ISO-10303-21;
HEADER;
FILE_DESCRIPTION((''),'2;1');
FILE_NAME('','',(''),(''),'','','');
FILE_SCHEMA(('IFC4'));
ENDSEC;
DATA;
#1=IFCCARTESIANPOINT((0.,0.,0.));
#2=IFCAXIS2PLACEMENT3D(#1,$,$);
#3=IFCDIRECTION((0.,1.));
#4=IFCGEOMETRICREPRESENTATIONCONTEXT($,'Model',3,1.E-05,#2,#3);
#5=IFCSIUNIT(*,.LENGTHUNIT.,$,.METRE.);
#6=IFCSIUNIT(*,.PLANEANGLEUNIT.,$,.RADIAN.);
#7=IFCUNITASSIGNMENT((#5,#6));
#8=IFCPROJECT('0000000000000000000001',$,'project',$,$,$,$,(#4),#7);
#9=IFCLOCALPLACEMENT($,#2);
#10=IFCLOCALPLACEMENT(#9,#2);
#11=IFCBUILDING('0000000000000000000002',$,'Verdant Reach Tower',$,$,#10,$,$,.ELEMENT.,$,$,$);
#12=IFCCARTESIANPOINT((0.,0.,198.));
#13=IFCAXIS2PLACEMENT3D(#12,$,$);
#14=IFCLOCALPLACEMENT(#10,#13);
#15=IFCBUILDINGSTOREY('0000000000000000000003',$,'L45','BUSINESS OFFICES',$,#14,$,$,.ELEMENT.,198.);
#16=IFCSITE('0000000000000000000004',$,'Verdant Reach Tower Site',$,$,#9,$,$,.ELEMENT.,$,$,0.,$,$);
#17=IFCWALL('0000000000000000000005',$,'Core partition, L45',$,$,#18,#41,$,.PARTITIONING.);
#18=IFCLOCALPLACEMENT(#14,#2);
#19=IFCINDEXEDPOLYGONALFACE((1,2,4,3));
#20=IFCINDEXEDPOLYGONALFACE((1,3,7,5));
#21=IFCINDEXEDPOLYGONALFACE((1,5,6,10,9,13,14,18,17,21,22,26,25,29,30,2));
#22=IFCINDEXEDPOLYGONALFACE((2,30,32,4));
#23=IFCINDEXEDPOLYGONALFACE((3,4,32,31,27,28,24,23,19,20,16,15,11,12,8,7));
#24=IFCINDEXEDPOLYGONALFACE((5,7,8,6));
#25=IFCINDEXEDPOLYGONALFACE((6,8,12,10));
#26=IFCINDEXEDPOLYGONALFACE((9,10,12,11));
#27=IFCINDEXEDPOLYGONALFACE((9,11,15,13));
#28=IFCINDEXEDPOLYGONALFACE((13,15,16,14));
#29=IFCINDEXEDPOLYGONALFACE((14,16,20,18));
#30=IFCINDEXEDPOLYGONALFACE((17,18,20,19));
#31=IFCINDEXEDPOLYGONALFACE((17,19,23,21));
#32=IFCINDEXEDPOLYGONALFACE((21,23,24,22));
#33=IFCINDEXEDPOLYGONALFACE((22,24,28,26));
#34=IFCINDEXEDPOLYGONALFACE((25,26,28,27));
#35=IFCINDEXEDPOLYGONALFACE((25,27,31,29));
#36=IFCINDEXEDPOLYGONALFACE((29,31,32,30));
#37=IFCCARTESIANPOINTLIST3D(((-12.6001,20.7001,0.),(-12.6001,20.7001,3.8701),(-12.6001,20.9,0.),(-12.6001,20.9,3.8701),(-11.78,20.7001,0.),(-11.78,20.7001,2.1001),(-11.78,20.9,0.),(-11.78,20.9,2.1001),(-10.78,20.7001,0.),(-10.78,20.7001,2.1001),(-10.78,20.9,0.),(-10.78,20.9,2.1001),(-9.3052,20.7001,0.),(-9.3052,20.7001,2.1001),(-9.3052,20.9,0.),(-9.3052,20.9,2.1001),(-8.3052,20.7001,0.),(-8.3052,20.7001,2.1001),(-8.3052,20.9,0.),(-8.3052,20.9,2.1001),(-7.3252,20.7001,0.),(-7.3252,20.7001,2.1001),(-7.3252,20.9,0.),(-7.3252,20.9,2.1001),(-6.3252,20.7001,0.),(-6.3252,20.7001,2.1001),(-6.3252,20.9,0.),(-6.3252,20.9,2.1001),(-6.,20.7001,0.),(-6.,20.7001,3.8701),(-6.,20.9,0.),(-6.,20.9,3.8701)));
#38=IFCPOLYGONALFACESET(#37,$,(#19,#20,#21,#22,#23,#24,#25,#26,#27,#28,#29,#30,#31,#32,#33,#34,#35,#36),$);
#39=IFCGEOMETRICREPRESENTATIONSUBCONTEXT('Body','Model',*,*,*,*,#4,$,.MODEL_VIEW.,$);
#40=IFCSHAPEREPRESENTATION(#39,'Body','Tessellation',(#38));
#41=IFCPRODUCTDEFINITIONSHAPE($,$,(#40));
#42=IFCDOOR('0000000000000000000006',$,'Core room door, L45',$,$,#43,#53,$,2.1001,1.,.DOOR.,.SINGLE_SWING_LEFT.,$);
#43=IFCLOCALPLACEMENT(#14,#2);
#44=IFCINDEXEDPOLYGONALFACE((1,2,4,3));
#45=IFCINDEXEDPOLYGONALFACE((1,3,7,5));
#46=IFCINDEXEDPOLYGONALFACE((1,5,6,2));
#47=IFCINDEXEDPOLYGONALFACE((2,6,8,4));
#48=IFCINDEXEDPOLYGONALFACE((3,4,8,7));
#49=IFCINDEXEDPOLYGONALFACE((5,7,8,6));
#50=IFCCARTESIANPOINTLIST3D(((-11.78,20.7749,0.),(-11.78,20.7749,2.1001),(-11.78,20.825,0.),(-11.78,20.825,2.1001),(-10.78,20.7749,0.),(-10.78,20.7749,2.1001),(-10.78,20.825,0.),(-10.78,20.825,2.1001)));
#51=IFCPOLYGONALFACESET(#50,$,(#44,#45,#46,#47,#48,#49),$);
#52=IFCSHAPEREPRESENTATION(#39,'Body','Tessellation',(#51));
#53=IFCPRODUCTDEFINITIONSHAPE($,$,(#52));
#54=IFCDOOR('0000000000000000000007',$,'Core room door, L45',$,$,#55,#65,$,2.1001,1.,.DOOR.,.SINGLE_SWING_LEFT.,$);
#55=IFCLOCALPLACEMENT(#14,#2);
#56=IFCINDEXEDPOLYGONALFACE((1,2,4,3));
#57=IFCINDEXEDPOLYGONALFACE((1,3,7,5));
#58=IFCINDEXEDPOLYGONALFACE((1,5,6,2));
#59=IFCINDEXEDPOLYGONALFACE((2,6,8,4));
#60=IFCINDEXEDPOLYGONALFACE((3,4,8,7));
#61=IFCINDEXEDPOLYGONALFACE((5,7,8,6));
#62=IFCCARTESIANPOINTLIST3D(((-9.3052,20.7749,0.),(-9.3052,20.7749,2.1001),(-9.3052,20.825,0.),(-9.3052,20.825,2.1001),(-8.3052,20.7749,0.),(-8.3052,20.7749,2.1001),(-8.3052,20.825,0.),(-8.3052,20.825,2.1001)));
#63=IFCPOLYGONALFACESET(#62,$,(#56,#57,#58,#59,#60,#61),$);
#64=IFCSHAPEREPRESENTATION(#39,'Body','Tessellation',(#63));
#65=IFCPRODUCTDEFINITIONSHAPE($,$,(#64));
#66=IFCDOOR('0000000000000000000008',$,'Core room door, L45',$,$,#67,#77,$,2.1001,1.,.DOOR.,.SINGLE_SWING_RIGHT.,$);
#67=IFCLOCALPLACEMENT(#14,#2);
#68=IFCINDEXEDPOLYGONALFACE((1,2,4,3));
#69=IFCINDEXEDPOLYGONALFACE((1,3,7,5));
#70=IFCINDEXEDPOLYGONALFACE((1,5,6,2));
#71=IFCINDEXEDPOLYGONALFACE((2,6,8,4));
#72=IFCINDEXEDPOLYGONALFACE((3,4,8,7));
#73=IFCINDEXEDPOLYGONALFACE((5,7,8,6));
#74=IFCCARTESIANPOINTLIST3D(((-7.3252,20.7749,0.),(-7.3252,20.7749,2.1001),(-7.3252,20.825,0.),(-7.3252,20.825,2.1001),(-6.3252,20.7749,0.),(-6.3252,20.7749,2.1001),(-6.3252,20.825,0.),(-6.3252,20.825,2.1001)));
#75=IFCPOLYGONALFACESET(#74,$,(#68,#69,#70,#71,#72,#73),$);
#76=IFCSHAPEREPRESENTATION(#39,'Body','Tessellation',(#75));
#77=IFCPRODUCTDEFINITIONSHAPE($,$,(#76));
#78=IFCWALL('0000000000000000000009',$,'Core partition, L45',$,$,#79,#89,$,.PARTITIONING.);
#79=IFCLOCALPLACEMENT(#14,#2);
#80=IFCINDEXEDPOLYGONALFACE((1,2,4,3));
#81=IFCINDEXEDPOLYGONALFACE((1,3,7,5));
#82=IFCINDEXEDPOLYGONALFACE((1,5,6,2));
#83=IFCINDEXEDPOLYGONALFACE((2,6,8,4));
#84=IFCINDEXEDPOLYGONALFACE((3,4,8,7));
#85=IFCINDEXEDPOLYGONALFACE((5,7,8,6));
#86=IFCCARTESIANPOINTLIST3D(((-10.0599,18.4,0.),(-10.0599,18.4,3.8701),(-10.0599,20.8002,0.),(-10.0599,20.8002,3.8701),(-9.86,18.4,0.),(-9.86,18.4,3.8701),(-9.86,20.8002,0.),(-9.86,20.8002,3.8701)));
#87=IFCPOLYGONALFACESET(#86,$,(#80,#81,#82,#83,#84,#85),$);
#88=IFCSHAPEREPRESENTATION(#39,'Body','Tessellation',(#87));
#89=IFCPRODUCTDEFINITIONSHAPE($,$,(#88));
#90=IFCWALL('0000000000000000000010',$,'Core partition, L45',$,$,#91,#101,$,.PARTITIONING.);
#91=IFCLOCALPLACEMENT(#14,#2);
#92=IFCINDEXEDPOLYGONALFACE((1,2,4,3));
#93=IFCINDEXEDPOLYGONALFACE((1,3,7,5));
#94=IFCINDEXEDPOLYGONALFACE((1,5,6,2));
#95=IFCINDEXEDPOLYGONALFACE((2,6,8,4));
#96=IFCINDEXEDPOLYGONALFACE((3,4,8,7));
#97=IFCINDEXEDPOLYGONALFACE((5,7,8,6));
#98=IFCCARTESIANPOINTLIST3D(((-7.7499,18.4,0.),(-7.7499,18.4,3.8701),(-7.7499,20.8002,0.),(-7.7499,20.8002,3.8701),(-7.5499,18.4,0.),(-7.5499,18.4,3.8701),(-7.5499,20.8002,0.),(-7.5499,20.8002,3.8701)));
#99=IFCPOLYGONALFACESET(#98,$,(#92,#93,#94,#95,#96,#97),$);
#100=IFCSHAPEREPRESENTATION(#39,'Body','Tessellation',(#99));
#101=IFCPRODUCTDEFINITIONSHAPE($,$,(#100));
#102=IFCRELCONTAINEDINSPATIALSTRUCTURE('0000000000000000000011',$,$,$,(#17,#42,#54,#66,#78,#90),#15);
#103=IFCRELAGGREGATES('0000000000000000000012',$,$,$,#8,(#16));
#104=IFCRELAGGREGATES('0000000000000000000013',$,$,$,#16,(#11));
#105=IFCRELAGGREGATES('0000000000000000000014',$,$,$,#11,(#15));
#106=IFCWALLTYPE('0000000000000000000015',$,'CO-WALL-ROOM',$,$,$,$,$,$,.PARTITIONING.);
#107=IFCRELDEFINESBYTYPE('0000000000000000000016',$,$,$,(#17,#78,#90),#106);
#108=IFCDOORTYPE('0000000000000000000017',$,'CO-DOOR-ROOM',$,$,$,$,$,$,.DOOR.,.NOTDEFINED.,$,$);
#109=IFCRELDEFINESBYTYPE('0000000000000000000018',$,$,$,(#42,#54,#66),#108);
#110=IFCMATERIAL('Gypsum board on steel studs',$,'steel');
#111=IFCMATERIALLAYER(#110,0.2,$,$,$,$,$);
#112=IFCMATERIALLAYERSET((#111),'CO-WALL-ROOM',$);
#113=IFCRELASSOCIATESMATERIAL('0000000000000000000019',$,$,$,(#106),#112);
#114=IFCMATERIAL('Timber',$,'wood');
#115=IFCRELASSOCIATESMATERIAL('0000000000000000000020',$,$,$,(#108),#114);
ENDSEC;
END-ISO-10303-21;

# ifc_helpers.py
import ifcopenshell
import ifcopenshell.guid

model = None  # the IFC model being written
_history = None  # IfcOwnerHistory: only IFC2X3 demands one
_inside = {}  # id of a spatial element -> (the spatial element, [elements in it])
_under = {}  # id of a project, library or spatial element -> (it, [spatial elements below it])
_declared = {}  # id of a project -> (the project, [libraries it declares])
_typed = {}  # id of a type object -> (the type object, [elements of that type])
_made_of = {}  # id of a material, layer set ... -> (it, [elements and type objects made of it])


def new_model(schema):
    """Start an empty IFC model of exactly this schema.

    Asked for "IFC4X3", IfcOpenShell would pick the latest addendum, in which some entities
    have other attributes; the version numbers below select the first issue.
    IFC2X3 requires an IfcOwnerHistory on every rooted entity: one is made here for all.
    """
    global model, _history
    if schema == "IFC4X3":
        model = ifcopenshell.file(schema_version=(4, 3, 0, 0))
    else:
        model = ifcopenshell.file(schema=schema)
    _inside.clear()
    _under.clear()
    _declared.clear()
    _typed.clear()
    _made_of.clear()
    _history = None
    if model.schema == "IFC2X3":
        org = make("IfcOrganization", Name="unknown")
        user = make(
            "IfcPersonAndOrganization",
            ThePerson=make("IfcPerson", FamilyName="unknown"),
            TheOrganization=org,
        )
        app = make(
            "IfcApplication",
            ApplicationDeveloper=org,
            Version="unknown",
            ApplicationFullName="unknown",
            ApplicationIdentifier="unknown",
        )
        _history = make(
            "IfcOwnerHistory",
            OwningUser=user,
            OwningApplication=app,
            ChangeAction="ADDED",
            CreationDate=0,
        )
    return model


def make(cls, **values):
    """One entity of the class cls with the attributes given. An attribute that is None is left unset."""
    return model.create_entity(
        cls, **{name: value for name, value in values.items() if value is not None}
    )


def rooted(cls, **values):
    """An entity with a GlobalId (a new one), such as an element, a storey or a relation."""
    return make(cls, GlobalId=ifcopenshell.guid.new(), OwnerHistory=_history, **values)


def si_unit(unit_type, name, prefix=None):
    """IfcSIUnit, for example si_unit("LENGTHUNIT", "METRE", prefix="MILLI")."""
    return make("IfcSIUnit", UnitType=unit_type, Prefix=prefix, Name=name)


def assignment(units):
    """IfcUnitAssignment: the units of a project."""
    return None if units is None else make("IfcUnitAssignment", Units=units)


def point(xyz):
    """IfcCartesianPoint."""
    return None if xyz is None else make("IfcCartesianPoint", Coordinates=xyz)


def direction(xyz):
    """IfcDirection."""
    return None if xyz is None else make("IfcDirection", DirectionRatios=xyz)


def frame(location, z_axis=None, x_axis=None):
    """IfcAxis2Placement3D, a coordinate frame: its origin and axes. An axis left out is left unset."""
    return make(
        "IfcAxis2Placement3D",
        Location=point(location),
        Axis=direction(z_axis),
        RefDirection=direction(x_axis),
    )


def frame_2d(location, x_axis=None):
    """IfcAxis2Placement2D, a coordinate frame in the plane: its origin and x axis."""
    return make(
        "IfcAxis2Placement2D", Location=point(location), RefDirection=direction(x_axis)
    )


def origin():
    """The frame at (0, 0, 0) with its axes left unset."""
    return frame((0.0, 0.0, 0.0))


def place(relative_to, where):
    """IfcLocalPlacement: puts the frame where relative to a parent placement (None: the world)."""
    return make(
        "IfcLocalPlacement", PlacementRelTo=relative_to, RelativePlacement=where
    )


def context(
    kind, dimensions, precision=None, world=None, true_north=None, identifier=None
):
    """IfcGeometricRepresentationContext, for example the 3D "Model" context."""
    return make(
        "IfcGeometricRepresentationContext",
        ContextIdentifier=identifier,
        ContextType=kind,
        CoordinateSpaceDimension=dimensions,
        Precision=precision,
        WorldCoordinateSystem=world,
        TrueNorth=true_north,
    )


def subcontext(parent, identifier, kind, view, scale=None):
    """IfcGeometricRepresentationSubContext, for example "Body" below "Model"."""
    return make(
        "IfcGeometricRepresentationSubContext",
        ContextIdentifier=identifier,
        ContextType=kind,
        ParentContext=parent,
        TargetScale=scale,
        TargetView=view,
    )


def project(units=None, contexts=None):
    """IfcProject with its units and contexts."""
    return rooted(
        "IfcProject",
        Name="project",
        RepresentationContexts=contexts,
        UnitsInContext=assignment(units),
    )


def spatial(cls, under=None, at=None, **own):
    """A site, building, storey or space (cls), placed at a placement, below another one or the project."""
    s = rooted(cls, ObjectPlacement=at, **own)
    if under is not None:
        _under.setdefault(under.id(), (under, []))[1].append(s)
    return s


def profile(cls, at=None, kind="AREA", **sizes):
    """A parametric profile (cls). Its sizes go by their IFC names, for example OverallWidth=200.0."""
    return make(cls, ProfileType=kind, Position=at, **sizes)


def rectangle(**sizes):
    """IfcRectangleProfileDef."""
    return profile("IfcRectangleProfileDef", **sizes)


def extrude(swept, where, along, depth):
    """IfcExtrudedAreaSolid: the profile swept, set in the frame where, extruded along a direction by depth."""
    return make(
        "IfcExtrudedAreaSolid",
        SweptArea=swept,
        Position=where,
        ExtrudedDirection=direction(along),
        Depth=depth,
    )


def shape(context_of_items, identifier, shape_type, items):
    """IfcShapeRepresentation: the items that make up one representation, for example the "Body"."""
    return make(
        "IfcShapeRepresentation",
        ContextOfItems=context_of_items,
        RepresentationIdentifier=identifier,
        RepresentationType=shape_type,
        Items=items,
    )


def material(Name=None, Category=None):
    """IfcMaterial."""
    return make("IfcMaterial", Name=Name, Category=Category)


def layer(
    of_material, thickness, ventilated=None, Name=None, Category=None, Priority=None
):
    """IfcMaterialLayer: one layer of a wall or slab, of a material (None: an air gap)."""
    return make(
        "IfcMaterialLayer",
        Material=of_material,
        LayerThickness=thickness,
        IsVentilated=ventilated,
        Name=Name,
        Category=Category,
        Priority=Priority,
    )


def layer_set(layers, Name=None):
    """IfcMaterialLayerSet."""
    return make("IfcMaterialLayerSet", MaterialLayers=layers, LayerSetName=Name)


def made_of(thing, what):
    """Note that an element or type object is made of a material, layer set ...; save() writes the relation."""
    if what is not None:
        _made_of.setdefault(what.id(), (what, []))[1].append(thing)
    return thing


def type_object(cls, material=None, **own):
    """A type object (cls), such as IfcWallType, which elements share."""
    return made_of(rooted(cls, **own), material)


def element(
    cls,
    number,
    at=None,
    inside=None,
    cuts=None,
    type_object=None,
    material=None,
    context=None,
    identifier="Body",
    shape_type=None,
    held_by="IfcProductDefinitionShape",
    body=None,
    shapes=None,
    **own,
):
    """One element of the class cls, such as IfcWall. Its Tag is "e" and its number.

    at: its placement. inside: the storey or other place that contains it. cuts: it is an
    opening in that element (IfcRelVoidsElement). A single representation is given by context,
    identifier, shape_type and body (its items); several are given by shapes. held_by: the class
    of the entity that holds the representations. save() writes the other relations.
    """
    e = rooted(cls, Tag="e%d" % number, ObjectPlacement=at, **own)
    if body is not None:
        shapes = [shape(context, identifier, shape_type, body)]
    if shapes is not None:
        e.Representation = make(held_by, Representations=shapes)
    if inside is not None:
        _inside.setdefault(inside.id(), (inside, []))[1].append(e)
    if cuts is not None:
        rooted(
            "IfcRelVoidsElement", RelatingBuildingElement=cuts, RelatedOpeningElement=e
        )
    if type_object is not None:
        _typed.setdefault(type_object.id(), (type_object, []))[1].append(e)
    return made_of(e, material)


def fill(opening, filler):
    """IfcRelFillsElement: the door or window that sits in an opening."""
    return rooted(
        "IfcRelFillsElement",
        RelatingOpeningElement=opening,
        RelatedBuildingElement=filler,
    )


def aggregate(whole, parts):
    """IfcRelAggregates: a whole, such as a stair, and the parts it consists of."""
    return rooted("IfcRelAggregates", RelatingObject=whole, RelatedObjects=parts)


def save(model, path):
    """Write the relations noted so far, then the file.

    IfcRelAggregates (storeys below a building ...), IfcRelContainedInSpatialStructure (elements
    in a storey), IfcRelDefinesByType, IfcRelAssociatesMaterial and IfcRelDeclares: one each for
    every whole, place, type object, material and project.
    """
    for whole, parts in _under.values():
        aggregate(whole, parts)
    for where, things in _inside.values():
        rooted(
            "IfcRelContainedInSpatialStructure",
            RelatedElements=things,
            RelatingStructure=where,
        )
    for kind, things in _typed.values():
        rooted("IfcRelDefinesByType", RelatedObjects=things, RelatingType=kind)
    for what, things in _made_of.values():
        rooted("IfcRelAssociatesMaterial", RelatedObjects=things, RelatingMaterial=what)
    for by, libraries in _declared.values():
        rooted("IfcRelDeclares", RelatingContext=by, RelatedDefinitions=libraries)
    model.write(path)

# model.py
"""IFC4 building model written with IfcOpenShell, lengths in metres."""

from ifc_helpers import new_model, si_unit, direction, frame, frame_2d, origin, place, context, subcontext, project, spatial, rectangle, extrude, material, layer, layer_set, type_object, element, fill, save


model = new_model("IFC4")

# Units and contexts
model_context = context("Model", 3, precision=1e-05, world=origin(), true_north=direction((0.0, 1.0)))
body_context = subcontext(model_context, "Body", "Model", "MODEL_VIEW")
ifc_project = project(units=[si_unit("LENGTHUNIT", "METRE"), si_unit("PLANEANGLEUNIT", "RADIAN")], contexts=[model_context])

# Site, building, storey
site_placement = place(None, origin())
site = spatial("IfcSite", under=ifc_project, at=site_placement, Name="Verdant Reach Tower Site", CompositionType="ELEMENT", RefElevation=0.0)
building_placement = place(site_placement, origin())
building = spatial("IfcBuilding", under=site, at=building_placement, Name="Verdant Reach Tower", CompositionType="ELEMENT")
storey_placement = place(building_placement, frame((0.0, 0.0, 198.0)))
storey = spatial("IfcBuildingStorey", under=building, at=storey_placement, Name="L45", Description="BUSINESS OFFICES", CompositionType="ELEMENT", Elevation=198.0)

# Wall, openings, doors
ifc_material_1 = material(Name="Gypsum board on steel studs", Category="steel")
ifc_layer_1 = layer(ifc_material_1, 0.2)
ifc_layer_set_1 = layer_set([ifc_layer_1], Name="CO-WALL-ROOM")
wall_type_1 = type_object("IfcWallType", Name="CO-WALL-ROOM", PredefinedType="PARTITIONING", material=ifc_layer_set_1)
wall_1_placement = place(storey_placement, frame((-12.6001, 20.8, 0.0), z_axis=(0.0, 0.0, 1.0), x_axis=(1.0, 0.0, 0.0)))
wall_1 = element("IfcWall", 1, at=wall_1_placement, inside=storey, type_object=wall_type_1, Name="Core partition, L45", PredefinedType="PARTITIONING", context=body_context, shape_type="SweptSolid", body=[
    extrude(rectangle(XDim=6.6001, YDim=0.2, at=frame_2d((3.3, 0.0))), origin(), (0.0, 0.0, 1.0), 3.8701),
])
opening_1_placement = place(wall_1_placement, frame((0.8201, 0.0, 0.0)))
opening_1 = element("IfcOpeningElement", 2, at=opening_1_placement, cuts=wall_1, PredefinedType="OPENING", context=body_context, shape_type="SweptSolid", body=[
    extrude(rectangle(XDim=1.0, YDim=2.1001, at=frame_2d((0.5, 1.05))), frame((0.0, 0.1099, 0.0), z_axis=(0.0, -1.0, 0.0), x_axis=(1.0, 0.0, 0.0)), (0.0, 0.0, 1.0), 0.22),
])
opening_2_placement = place(wall_1_placement, frame((3.2949, 0.0, 0.0)))
opening_2 = element("IfcOpeningElement", 3, at=opening_2_placement, cuts=wall_1, PredefinedType="OPENING", context=body_context, shape_type="SweptSolid", body=[
    extrude(rectangle(XDim=1.0, YDim=2.1001, at=frame_2d((0.5, 1.05))), frame((0.0, 0.1099, 0.0), z_axis=(0.0, -1.0, 0.0), x_axis=(1.0, 0.0, 0.0)), (0.0, 0.0, 1.0), 0.22),
])
opening_3_placement = place(wall_1_placement, frame((5.2749, 0.0, 0.0)))
opening_3 = element("IfcOpeningElement", 4, at=opening_3_placement, cuts=wall_1, PredefinedType="OPENING", context=body_context, shape_type="SweptSolid", body=[
    extrude(rectangle(XDim=1.0, YDim=2.1001, at=frame_2d((0.5, 1.05))), frame((0.0, 0.1099, 0.0), z_axis=(0.0, -1.0, 0.0), x_axis=(1.0, 0.0, 0.0)), (0.0, 0.0, 1.0), 0.22),
])
ifc_material_2 = material(Name="Timber", Category="wood")
door_type_1 = type_object("IfcDoorType", Name="CO-DOOR-ROOM", OperationType="NOTDEFINED", PredefinedType="DOOR", material=ifc_material_2)
door_1_placement = place(opening_1_placement, origin())
door_1 = element("IfcDoor", 5, at=door_1_placement, inside=storey, type_object=door_type_1, Name="Core room door, L45", OperationType="SINGLE_SWING_LEFT", OverallHeight=2.1001, OverallWidth=1.0, PredefinedType="DOOR", context=body_context, shape_type="SweptSolid", body=[
    extrude(rectangle(XDim=1.0, YDim=2.1001, at=frame_2d((0.5, 1.05))), frame((0.0, 0.0249, 0.0), z_axis=(0.0, -1.0, 0.0), x_axis=(1.0, 0.0, 0.0)), (0.0, 0.0, 1.0), 0.05),
])
fill(opening_1, door_1)
door_2_placement = place(opening_2_placement, origin())
door_2 = element("IfcDoor", 6, at=door_2_placement, inside=storey, type_object=door_type_1, Name="Core room door, L45", OperationType="SINGLE_SWING_LEFT", OverallHeight=2.1001, OverallWidth=1.0, PredefinedType="DOOR", context=body_context, shape_type="SweptSolid", body=[
    extrude(rectangle(XDim=1.0, YDim=2.1001, at=frame_2d((0.5, 1.05))), frame((0.0, 0.0249, 0.0), z_axis=(0.0, -1.0, 0.0), x_axis=(1.0, 0.0, 0.0)), (0.0, 0.0, 1.0), 0.05),
])
fill(opening_2, door_2)
door_3_placement = place(opening_3_placement, origin())
door_3 = element("IfcDoor", 7, at=door_3_placement, inside=storey, type_object=door_type_1, Name="Core room door, L45", OperationType="SINGLE_SWING_RIGHT", OverallHeight=2.1001, OverallWidth=1.0, PredefinedType="DOOR", context=body_context, shape_type="SweptSolid", body=[
    extrude(rectangle(XDim=1.0, YDim=2.1001, at=frame_2d((0.5, 1.05))), frame((0.0, 0.0249, 0.0), z_axis=(0.0, -1.0, 0.0), x_axis=(1.0, 0.0, 0.0)), (0.0, 0.0, 1.0), 0.05),
])
fill(opening_3, door_3)

# Walls
for number, where, z_axis, x_axis, name in (
    (8, (-9.96, 18.3999, 0.0), (0.0, 0.0, 1.0), (0.0, 1.0, 0.0), "Core partition, L45"),
    (9, (-7.6499, 18.3999, 0.0), (0.0, 0.0, 1.0), (0.0, 1.0, 0.0), "Core partition, L45"),
):
    element("IfcWall", number, at=place(storey_placement, frame(where, z_axis=z_axis, x_axis=x_axis)), inside=storey, type_object=wall_type_1, Name=name, PredefinedType="PARTITIONING", context=body_context, shape_type="SweptSolid", body=[
        extrude(rectangle(XDim=2.4001, YDim=0.2, at=frame_2d((1.2002, 0.0))), origin(), (0.0, 0.0, 1.0), 3.8701),
    ])

save(model, "model.ifc")
